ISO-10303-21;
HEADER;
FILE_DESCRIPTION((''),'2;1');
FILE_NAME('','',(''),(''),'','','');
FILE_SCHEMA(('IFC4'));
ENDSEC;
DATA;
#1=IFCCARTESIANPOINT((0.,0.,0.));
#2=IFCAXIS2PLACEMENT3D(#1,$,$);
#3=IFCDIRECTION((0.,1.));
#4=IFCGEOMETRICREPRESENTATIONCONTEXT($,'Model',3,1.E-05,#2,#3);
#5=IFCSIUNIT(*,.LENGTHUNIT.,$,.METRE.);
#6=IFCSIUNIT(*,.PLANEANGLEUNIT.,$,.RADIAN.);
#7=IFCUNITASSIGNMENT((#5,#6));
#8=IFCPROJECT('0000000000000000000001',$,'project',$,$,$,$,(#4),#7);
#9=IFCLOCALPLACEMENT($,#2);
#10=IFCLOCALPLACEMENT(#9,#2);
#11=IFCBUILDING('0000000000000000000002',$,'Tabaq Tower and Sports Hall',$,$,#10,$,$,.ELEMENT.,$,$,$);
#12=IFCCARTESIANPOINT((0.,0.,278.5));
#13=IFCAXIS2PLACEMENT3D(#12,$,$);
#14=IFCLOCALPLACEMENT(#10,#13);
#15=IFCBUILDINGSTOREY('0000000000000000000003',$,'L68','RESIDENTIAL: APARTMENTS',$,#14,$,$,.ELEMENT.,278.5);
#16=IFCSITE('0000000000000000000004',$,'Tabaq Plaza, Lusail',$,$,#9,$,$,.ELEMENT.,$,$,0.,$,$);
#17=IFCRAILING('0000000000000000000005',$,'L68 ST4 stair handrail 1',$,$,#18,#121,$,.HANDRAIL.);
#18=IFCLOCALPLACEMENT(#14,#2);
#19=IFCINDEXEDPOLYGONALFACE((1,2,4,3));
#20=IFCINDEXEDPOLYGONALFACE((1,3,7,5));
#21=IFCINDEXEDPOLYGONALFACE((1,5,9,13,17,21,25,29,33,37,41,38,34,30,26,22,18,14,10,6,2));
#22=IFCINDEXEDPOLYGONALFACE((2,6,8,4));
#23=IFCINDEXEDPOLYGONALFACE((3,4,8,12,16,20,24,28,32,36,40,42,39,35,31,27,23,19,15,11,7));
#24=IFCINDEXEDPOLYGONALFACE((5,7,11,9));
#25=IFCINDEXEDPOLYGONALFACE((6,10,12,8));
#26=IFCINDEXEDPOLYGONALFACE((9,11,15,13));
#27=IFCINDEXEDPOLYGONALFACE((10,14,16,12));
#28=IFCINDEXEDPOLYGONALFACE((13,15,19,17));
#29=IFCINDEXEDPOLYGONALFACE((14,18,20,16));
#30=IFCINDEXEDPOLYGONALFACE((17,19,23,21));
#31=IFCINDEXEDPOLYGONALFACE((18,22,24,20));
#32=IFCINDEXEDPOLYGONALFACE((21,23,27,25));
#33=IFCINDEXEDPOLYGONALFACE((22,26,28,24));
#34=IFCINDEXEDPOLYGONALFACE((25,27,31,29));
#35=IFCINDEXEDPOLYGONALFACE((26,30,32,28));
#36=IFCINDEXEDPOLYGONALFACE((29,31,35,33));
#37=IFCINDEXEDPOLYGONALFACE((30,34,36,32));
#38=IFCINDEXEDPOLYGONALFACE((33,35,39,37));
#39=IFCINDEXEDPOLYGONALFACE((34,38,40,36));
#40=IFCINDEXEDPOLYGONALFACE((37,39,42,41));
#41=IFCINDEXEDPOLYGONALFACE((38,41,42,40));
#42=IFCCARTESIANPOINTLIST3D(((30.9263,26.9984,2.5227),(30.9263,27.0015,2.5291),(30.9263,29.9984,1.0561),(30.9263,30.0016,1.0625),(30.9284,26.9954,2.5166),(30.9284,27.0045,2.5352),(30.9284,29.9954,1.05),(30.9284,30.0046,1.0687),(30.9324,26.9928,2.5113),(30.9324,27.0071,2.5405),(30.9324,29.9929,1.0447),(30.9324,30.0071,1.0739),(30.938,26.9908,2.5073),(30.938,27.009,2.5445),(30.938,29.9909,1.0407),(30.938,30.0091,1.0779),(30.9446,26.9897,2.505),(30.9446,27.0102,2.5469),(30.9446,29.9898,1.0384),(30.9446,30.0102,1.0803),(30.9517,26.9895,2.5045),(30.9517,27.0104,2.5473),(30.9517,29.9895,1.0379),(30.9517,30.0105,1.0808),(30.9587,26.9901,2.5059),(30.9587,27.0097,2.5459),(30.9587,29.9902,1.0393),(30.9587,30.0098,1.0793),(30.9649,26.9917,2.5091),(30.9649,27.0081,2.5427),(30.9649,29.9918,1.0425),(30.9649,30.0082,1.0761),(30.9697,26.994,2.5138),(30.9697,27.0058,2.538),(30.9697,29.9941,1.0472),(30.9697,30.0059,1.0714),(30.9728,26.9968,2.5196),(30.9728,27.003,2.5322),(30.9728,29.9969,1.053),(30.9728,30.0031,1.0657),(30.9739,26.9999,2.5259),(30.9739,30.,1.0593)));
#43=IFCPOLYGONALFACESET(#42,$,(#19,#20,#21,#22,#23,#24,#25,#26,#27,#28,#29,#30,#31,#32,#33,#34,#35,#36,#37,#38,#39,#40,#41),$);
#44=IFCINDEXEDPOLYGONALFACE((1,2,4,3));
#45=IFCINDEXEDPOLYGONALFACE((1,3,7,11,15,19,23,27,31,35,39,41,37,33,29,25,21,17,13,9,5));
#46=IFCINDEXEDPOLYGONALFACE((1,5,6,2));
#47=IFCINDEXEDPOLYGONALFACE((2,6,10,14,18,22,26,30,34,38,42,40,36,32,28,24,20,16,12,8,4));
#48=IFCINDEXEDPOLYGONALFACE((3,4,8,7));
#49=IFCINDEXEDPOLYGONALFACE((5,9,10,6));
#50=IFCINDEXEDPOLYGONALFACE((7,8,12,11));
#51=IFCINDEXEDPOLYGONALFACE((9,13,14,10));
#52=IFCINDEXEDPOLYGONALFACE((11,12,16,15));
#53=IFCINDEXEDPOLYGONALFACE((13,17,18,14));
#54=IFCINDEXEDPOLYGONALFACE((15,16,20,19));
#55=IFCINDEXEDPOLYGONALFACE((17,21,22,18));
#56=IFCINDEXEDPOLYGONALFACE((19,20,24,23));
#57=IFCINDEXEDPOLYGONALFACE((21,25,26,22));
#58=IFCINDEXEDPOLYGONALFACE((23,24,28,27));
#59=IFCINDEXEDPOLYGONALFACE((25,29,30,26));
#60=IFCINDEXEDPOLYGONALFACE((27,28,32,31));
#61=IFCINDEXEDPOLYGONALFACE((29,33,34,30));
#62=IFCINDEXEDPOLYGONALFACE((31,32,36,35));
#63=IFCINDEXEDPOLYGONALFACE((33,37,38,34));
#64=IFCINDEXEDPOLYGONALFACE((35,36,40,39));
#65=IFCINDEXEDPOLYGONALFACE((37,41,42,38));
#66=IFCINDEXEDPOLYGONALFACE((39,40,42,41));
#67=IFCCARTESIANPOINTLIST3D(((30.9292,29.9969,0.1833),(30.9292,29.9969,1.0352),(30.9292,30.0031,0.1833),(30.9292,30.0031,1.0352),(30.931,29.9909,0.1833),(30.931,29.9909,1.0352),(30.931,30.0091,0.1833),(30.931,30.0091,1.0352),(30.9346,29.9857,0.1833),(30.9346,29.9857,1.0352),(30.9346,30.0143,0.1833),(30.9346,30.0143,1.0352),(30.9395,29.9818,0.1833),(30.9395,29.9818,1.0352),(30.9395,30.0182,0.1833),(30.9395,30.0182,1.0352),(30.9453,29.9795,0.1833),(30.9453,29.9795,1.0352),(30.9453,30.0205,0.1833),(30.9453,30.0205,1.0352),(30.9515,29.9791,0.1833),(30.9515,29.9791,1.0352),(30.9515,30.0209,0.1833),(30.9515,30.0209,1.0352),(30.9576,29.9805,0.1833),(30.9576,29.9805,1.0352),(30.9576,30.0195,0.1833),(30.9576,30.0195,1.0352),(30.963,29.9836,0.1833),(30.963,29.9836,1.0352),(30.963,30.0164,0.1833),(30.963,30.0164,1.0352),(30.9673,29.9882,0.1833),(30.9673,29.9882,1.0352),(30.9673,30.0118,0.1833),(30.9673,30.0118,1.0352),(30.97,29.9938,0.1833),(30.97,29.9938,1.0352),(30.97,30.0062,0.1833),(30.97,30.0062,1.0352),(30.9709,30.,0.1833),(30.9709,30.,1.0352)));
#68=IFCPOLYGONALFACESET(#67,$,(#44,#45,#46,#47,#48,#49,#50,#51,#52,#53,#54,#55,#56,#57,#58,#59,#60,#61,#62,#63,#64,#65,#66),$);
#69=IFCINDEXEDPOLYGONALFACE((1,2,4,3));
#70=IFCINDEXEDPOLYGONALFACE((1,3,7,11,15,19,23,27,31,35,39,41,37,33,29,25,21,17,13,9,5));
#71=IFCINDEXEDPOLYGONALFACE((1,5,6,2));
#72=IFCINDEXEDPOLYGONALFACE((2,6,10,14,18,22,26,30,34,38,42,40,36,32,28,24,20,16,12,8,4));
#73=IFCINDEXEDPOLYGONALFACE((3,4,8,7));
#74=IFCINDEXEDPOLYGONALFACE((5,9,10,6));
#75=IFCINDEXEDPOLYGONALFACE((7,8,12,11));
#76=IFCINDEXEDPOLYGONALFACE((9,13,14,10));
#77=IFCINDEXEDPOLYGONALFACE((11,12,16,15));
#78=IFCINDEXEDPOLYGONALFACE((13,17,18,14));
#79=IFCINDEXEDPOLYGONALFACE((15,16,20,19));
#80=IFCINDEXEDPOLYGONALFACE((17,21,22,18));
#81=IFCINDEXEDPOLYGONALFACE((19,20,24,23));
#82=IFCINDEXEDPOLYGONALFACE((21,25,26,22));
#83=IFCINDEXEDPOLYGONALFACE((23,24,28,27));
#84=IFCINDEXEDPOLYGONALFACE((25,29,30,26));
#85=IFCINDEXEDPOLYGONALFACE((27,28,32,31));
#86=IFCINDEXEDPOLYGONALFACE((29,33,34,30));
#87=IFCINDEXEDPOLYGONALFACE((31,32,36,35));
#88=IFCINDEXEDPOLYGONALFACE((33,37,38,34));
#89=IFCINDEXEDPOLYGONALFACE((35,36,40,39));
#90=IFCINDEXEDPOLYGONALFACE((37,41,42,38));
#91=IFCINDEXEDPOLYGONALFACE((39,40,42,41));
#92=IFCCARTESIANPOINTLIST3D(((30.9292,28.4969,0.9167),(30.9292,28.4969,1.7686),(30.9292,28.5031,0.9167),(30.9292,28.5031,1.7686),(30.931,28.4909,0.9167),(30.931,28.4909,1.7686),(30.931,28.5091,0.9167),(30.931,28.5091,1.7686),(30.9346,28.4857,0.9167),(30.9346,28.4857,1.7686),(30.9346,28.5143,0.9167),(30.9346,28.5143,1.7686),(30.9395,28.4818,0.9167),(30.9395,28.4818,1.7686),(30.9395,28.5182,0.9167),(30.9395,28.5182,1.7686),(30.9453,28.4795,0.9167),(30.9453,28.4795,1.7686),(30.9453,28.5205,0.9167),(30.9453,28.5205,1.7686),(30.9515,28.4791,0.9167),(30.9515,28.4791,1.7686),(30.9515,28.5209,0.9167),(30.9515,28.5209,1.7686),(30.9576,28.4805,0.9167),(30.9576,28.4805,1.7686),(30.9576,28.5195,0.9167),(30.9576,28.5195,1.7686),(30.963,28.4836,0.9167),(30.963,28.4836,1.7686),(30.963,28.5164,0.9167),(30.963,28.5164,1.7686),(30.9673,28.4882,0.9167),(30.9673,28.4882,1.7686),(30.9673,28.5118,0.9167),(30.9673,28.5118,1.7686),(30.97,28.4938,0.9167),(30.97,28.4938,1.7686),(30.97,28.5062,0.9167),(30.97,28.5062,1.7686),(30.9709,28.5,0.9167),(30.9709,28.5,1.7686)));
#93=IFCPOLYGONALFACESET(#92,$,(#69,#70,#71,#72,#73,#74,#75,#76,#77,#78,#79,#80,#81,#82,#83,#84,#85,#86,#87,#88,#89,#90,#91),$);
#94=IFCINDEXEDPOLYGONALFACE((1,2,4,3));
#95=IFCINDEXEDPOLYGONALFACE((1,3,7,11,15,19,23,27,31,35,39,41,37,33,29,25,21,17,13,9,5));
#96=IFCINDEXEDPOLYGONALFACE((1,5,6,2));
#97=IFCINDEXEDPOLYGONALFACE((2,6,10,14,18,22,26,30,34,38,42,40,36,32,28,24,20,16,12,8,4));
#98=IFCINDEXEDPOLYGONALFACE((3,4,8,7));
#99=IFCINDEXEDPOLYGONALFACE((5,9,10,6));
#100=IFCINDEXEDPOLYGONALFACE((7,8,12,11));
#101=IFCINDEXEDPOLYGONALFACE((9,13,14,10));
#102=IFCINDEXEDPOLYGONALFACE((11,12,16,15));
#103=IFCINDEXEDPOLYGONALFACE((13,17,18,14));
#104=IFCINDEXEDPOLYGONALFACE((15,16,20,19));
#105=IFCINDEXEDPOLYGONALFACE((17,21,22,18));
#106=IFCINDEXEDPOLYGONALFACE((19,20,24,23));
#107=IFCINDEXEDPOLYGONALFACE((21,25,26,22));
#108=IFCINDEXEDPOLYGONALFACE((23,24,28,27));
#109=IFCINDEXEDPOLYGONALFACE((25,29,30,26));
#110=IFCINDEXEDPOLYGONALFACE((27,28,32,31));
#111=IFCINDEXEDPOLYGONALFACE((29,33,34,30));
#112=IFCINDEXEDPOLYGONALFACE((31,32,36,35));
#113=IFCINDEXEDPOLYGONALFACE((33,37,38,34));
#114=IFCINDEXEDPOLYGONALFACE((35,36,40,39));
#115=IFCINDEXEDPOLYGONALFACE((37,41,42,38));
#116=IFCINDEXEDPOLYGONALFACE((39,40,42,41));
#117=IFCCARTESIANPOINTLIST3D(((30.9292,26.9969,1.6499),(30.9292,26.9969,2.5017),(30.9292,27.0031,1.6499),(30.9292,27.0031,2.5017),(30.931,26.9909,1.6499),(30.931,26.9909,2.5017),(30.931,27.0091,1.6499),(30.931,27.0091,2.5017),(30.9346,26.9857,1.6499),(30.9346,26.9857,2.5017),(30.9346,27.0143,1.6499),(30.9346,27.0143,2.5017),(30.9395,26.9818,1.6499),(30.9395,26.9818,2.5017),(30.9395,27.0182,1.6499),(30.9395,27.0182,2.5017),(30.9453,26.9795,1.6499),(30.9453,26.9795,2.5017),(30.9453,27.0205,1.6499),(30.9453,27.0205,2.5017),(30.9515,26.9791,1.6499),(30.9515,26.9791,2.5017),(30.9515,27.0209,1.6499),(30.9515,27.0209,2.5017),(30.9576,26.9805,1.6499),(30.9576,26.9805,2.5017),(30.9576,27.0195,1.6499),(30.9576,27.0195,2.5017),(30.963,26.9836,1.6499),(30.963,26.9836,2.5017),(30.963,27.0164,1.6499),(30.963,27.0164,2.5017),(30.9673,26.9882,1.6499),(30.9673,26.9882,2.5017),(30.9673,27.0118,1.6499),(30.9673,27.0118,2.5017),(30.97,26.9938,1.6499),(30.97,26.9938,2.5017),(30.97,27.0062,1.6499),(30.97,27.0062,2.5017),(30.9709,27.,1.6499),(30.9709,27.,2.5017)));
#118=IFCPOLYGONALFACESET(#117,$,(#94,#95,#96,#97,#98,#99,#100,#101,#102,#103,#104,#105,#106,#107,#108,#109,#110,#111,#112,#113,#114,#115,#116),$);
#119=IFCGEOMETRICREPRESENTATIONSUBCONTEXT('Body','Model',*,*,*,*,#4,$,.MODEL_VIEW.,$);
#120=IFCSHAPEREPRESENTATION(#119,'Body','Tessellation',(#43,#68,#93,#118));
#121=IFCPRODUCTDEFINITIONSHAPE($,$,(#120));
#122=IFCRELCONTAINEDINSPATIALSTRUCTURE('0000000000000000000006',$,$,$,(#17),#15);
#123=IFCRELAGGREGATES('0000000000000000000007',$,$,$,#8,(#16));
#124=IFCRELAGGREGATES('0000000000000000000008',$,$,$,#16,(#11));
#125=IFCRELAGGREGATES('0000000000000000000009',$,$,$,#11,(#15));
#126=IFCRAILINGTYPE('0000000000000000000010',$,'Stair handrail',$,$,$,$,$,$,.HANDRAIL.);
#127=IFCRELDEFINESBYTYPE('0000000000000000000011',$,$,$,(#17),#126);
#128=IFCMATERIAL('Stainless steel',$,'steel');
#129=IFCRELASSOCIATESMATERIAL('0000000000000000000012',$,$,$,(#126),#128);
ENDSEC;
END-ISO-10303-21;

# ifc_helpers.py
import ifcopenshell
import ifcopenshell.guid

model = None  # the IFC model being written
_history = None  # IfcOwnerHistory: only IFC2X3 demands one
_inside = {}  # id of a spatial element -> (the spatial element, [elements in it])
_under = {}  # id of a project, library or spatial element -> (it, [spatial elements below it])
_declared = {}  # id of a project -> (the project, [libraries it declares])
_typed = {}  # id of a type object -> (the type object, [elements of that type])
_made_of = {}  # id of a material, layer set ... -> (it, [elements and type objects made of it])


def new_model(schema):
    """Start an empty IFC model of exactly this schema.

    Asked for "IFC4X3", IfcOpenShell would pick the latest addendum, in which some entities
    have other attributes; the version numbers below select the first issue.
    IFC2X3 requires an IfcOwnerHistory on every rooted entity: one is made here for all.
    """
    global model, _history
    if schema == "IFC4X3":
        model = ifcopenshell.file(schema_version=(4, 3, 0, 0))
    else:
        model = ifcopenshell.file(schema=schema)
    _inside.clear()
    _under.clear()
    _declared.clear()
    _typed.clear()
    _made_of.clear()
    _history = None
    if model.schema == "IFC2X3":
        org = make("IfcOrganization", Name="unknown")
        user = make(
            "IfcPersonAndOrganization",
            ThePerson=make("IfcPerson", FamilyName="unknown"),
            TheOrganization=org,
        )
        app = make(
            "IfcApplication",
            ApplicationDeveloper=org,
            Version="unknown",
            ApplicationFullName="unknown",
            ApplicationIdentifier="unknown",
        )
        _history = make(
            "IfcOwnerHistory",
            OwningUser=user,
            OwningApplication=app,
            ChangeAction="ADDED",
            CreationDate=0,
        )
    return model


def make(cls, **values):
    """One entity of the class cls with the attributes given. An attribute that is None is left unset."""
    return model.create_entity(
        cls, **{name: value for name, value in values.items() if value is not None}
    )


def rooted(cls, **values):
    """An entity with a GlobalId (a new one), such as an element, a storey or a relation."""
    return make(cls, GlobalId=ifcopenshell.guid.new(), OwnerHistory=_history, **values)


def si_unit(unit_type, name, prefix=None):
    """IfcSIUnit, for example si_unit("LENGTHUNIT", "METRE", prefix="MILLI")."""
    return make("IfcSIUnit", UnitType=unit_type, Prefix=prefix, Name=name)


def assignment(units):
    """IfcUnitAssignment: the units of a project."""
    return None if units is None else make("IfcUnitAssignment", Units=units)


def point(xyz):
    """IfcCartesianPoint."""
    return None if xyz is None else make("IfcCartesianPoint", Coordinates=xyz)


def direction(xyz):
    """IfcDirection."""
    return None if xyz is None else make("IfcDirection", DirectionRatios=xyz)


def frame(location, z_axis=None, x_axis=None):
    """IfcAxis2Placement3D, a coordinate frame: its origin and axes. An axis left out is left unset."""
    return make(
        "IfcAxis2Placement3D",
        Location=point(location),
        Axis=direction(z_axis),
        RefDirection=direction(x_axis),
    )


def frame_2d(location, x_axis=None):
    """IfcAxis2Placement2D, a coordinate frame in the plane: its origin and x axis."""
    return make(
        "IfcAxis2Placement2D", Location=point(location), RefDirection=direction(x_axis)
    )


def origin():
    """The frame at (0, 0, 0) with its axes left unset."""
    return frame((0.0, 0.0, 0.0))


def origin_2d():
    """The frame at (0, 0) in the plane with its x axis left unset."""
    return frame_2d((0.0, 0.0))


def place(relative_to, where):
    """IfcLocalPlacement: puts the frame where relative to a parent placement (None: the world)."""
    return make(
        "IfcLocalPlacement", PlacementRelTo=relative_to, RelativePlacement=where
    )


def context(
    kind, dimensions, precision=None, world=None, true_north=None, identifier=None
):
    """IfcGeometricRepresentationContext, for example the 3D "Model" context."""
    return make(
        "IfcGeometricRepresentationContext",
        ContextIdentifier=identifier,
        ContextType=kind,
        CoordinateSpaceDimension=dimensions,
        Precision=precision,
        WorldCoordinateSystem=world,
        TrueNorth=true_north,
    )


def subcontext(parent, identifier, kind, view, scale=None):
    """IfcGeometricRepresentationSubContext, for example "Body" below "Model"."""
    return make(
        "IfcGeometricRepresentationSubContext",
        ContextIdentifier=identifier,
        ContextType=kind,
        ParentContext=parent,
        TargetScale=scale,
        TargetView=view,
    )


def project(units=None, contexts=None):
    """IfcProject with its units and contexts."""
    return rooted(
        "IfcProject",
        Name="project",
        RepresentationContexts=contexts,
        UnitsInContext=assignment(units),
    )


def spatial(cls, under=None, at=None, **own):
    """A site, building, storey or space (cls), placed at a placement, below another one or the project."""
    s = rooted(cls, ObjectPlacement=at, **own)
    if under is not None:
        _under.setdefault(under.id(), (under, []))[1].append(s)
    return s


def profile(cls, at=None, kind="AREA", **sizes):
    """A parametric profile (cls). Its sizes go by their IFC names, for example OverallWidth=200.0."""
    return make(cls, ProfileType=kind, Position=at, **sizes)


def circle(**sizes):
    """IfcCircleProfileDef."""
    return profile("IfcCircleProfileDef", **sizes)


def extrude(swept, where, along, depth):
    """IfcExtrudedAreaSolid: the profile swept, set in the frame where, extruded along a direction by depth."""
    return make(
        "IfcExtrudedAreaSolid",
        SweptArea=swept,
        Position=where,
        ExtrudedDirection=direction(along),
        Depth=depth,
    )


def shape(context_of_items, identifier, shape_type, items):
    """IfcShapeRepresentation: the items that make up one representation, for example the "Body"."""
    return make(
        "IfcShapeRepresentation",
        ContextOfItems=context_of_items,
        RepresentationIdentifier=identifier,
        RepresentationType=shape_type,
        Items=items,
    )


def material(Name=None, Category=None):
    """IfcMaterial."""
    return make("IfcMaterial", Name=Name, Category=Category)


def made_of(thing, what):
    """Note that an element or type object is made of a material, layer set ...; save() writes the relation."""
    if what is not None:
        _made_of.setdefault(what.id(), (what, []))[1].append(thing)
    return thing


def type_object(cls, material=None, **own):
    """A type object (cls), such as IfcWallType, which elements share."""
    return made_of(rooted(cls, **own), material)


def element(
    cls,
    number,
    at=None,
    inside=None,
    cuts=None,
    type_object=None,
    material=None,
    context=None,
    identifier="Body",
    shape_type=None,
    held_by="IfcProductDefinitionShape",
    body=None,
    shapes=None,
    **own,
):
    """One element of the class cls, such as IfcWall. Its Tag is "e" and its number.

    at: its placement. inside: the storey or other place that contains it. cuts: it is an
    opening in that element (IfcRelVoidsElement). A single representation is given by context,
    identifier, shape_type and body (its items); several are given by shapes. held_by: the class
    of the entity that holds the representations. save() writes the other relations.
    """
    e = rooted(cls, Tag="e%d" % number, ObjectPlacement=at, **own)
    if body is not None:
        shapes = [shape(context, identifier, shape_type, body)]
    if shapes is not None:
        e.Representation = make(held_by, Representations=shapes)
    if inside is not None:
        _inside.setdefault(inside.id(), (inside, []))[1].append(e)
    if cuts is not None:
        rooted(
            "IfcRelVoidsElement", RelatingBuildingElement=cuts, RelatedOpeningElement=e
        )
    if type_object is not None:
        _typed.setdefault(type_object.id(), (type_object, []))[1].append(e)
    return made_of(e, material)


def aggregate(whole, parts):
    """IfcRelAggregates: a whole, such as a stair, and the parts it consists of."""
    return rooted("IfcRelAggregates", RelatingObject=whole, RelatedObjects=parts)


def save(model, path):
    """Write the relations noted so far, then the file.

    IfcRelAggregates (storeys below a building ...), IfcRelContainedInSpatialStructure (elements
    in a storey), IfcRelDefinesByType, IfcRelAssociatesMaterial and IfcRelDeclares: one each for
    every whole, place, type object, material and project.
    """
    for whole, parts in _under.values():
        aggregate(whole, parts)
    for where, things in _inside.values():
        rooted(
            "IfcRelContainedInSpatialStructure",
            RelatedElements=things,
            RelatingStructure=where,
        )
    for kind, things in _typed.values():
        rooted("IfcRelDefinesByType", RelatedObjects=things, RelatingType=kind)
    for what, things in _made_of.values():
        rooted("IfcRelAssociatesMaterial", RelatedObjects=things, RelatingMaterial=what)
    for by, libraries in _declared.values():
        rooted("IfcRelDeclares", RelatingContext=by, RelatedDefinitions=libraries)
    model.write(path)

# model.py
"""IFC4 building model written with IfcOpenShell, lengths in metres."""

from ifc_helpers import new_model, si_unit, direction, frame, origin, origin_2d, place, context, subcontext, project, spatial, circle, extrude, material, type_object, element, save


model = new_model("IFC4")

# Units and contexts
model_context = context("Model", 3, precision=1e-05, world=origin(), true_north=direction((0.0, 1.0)))
body_context = subcontext(model_context, "Body", "Model", "MODEL_VIEW")
ifc_project = project(units=[si_unit("LENGTHUNIT", "METRE"), si_unit("PLANEANGLEUNIT", "RADIAN")], contexts=[model_context])

# Site, building, storey
site_placement = place(None, origin())
site = spatial("IfcSite", under=ifc_project, at=site_placement, Name="Tabaq Plaza, Lusail", CompositionType="ELEMENT", RefElevation=0.0)
building_placement = place(site_placement, origin())
building = spatial("IfcBuilding", under=site, at=building_placement, Name="Tabaq Tower and Sports Hall", CompositionType="ELEMENT")
storey_placement = place(building_placement, frame((0.0, 0.0, 278.5)))
storey = spatial("IfcBuildingStorey", under=building, at=storey_placement, Name="L68", Description="RESIDENTIAL: APARTMENTS", CompositionType="ELEMENT", Elevation=278.5)

# Railing
ifc_material_1 = material(Name="Stainless steel", Category="steel")
railing_type_1 = type_object("IfcRailingType", Name="Stair handrail", PredefinedType="HANDRAIL", material=ifc_material_1)
railing_1_placement = place(storey_placement, frame((30.95, 30.0, 0.1833)))
element("IfcRailing", 1, at=railing_1_placement, inside=storey, type_object=railing_type_1, Name="L68 ST4 stair handrail 1", PredefinedType="HANDRAIL", context=body_context, shape_type="SweptSolid", body=[
    extrude(circle(Radius=0.0239, at=origin_2d()), frame((0.0, 0.0, 0.876), z_axis=(0.0, -0.898398, 0.439183), x_axis=(1.0, 0.0, 0.0)), (0.0, 0.0, 1.0), 3.3394),
    extrude(circle(Radius=0.021, at=origin_2d()), origin(), (0.0, 0.0, 1.0), 0.8518),
    extrude(circle(Radius=0.021, at=origin_2d()), frame((0.0, -1.5, 0.7334)), (0.0, 0.0, 1.0), 0.8518),
    extrude(circle(Radius=0.021, at=origin_2d()), frame((0.0, -3.0, 1.4666)), (0.0, 0.0, 1.0), 0.8518),
])

save(model, "model.ifc")
